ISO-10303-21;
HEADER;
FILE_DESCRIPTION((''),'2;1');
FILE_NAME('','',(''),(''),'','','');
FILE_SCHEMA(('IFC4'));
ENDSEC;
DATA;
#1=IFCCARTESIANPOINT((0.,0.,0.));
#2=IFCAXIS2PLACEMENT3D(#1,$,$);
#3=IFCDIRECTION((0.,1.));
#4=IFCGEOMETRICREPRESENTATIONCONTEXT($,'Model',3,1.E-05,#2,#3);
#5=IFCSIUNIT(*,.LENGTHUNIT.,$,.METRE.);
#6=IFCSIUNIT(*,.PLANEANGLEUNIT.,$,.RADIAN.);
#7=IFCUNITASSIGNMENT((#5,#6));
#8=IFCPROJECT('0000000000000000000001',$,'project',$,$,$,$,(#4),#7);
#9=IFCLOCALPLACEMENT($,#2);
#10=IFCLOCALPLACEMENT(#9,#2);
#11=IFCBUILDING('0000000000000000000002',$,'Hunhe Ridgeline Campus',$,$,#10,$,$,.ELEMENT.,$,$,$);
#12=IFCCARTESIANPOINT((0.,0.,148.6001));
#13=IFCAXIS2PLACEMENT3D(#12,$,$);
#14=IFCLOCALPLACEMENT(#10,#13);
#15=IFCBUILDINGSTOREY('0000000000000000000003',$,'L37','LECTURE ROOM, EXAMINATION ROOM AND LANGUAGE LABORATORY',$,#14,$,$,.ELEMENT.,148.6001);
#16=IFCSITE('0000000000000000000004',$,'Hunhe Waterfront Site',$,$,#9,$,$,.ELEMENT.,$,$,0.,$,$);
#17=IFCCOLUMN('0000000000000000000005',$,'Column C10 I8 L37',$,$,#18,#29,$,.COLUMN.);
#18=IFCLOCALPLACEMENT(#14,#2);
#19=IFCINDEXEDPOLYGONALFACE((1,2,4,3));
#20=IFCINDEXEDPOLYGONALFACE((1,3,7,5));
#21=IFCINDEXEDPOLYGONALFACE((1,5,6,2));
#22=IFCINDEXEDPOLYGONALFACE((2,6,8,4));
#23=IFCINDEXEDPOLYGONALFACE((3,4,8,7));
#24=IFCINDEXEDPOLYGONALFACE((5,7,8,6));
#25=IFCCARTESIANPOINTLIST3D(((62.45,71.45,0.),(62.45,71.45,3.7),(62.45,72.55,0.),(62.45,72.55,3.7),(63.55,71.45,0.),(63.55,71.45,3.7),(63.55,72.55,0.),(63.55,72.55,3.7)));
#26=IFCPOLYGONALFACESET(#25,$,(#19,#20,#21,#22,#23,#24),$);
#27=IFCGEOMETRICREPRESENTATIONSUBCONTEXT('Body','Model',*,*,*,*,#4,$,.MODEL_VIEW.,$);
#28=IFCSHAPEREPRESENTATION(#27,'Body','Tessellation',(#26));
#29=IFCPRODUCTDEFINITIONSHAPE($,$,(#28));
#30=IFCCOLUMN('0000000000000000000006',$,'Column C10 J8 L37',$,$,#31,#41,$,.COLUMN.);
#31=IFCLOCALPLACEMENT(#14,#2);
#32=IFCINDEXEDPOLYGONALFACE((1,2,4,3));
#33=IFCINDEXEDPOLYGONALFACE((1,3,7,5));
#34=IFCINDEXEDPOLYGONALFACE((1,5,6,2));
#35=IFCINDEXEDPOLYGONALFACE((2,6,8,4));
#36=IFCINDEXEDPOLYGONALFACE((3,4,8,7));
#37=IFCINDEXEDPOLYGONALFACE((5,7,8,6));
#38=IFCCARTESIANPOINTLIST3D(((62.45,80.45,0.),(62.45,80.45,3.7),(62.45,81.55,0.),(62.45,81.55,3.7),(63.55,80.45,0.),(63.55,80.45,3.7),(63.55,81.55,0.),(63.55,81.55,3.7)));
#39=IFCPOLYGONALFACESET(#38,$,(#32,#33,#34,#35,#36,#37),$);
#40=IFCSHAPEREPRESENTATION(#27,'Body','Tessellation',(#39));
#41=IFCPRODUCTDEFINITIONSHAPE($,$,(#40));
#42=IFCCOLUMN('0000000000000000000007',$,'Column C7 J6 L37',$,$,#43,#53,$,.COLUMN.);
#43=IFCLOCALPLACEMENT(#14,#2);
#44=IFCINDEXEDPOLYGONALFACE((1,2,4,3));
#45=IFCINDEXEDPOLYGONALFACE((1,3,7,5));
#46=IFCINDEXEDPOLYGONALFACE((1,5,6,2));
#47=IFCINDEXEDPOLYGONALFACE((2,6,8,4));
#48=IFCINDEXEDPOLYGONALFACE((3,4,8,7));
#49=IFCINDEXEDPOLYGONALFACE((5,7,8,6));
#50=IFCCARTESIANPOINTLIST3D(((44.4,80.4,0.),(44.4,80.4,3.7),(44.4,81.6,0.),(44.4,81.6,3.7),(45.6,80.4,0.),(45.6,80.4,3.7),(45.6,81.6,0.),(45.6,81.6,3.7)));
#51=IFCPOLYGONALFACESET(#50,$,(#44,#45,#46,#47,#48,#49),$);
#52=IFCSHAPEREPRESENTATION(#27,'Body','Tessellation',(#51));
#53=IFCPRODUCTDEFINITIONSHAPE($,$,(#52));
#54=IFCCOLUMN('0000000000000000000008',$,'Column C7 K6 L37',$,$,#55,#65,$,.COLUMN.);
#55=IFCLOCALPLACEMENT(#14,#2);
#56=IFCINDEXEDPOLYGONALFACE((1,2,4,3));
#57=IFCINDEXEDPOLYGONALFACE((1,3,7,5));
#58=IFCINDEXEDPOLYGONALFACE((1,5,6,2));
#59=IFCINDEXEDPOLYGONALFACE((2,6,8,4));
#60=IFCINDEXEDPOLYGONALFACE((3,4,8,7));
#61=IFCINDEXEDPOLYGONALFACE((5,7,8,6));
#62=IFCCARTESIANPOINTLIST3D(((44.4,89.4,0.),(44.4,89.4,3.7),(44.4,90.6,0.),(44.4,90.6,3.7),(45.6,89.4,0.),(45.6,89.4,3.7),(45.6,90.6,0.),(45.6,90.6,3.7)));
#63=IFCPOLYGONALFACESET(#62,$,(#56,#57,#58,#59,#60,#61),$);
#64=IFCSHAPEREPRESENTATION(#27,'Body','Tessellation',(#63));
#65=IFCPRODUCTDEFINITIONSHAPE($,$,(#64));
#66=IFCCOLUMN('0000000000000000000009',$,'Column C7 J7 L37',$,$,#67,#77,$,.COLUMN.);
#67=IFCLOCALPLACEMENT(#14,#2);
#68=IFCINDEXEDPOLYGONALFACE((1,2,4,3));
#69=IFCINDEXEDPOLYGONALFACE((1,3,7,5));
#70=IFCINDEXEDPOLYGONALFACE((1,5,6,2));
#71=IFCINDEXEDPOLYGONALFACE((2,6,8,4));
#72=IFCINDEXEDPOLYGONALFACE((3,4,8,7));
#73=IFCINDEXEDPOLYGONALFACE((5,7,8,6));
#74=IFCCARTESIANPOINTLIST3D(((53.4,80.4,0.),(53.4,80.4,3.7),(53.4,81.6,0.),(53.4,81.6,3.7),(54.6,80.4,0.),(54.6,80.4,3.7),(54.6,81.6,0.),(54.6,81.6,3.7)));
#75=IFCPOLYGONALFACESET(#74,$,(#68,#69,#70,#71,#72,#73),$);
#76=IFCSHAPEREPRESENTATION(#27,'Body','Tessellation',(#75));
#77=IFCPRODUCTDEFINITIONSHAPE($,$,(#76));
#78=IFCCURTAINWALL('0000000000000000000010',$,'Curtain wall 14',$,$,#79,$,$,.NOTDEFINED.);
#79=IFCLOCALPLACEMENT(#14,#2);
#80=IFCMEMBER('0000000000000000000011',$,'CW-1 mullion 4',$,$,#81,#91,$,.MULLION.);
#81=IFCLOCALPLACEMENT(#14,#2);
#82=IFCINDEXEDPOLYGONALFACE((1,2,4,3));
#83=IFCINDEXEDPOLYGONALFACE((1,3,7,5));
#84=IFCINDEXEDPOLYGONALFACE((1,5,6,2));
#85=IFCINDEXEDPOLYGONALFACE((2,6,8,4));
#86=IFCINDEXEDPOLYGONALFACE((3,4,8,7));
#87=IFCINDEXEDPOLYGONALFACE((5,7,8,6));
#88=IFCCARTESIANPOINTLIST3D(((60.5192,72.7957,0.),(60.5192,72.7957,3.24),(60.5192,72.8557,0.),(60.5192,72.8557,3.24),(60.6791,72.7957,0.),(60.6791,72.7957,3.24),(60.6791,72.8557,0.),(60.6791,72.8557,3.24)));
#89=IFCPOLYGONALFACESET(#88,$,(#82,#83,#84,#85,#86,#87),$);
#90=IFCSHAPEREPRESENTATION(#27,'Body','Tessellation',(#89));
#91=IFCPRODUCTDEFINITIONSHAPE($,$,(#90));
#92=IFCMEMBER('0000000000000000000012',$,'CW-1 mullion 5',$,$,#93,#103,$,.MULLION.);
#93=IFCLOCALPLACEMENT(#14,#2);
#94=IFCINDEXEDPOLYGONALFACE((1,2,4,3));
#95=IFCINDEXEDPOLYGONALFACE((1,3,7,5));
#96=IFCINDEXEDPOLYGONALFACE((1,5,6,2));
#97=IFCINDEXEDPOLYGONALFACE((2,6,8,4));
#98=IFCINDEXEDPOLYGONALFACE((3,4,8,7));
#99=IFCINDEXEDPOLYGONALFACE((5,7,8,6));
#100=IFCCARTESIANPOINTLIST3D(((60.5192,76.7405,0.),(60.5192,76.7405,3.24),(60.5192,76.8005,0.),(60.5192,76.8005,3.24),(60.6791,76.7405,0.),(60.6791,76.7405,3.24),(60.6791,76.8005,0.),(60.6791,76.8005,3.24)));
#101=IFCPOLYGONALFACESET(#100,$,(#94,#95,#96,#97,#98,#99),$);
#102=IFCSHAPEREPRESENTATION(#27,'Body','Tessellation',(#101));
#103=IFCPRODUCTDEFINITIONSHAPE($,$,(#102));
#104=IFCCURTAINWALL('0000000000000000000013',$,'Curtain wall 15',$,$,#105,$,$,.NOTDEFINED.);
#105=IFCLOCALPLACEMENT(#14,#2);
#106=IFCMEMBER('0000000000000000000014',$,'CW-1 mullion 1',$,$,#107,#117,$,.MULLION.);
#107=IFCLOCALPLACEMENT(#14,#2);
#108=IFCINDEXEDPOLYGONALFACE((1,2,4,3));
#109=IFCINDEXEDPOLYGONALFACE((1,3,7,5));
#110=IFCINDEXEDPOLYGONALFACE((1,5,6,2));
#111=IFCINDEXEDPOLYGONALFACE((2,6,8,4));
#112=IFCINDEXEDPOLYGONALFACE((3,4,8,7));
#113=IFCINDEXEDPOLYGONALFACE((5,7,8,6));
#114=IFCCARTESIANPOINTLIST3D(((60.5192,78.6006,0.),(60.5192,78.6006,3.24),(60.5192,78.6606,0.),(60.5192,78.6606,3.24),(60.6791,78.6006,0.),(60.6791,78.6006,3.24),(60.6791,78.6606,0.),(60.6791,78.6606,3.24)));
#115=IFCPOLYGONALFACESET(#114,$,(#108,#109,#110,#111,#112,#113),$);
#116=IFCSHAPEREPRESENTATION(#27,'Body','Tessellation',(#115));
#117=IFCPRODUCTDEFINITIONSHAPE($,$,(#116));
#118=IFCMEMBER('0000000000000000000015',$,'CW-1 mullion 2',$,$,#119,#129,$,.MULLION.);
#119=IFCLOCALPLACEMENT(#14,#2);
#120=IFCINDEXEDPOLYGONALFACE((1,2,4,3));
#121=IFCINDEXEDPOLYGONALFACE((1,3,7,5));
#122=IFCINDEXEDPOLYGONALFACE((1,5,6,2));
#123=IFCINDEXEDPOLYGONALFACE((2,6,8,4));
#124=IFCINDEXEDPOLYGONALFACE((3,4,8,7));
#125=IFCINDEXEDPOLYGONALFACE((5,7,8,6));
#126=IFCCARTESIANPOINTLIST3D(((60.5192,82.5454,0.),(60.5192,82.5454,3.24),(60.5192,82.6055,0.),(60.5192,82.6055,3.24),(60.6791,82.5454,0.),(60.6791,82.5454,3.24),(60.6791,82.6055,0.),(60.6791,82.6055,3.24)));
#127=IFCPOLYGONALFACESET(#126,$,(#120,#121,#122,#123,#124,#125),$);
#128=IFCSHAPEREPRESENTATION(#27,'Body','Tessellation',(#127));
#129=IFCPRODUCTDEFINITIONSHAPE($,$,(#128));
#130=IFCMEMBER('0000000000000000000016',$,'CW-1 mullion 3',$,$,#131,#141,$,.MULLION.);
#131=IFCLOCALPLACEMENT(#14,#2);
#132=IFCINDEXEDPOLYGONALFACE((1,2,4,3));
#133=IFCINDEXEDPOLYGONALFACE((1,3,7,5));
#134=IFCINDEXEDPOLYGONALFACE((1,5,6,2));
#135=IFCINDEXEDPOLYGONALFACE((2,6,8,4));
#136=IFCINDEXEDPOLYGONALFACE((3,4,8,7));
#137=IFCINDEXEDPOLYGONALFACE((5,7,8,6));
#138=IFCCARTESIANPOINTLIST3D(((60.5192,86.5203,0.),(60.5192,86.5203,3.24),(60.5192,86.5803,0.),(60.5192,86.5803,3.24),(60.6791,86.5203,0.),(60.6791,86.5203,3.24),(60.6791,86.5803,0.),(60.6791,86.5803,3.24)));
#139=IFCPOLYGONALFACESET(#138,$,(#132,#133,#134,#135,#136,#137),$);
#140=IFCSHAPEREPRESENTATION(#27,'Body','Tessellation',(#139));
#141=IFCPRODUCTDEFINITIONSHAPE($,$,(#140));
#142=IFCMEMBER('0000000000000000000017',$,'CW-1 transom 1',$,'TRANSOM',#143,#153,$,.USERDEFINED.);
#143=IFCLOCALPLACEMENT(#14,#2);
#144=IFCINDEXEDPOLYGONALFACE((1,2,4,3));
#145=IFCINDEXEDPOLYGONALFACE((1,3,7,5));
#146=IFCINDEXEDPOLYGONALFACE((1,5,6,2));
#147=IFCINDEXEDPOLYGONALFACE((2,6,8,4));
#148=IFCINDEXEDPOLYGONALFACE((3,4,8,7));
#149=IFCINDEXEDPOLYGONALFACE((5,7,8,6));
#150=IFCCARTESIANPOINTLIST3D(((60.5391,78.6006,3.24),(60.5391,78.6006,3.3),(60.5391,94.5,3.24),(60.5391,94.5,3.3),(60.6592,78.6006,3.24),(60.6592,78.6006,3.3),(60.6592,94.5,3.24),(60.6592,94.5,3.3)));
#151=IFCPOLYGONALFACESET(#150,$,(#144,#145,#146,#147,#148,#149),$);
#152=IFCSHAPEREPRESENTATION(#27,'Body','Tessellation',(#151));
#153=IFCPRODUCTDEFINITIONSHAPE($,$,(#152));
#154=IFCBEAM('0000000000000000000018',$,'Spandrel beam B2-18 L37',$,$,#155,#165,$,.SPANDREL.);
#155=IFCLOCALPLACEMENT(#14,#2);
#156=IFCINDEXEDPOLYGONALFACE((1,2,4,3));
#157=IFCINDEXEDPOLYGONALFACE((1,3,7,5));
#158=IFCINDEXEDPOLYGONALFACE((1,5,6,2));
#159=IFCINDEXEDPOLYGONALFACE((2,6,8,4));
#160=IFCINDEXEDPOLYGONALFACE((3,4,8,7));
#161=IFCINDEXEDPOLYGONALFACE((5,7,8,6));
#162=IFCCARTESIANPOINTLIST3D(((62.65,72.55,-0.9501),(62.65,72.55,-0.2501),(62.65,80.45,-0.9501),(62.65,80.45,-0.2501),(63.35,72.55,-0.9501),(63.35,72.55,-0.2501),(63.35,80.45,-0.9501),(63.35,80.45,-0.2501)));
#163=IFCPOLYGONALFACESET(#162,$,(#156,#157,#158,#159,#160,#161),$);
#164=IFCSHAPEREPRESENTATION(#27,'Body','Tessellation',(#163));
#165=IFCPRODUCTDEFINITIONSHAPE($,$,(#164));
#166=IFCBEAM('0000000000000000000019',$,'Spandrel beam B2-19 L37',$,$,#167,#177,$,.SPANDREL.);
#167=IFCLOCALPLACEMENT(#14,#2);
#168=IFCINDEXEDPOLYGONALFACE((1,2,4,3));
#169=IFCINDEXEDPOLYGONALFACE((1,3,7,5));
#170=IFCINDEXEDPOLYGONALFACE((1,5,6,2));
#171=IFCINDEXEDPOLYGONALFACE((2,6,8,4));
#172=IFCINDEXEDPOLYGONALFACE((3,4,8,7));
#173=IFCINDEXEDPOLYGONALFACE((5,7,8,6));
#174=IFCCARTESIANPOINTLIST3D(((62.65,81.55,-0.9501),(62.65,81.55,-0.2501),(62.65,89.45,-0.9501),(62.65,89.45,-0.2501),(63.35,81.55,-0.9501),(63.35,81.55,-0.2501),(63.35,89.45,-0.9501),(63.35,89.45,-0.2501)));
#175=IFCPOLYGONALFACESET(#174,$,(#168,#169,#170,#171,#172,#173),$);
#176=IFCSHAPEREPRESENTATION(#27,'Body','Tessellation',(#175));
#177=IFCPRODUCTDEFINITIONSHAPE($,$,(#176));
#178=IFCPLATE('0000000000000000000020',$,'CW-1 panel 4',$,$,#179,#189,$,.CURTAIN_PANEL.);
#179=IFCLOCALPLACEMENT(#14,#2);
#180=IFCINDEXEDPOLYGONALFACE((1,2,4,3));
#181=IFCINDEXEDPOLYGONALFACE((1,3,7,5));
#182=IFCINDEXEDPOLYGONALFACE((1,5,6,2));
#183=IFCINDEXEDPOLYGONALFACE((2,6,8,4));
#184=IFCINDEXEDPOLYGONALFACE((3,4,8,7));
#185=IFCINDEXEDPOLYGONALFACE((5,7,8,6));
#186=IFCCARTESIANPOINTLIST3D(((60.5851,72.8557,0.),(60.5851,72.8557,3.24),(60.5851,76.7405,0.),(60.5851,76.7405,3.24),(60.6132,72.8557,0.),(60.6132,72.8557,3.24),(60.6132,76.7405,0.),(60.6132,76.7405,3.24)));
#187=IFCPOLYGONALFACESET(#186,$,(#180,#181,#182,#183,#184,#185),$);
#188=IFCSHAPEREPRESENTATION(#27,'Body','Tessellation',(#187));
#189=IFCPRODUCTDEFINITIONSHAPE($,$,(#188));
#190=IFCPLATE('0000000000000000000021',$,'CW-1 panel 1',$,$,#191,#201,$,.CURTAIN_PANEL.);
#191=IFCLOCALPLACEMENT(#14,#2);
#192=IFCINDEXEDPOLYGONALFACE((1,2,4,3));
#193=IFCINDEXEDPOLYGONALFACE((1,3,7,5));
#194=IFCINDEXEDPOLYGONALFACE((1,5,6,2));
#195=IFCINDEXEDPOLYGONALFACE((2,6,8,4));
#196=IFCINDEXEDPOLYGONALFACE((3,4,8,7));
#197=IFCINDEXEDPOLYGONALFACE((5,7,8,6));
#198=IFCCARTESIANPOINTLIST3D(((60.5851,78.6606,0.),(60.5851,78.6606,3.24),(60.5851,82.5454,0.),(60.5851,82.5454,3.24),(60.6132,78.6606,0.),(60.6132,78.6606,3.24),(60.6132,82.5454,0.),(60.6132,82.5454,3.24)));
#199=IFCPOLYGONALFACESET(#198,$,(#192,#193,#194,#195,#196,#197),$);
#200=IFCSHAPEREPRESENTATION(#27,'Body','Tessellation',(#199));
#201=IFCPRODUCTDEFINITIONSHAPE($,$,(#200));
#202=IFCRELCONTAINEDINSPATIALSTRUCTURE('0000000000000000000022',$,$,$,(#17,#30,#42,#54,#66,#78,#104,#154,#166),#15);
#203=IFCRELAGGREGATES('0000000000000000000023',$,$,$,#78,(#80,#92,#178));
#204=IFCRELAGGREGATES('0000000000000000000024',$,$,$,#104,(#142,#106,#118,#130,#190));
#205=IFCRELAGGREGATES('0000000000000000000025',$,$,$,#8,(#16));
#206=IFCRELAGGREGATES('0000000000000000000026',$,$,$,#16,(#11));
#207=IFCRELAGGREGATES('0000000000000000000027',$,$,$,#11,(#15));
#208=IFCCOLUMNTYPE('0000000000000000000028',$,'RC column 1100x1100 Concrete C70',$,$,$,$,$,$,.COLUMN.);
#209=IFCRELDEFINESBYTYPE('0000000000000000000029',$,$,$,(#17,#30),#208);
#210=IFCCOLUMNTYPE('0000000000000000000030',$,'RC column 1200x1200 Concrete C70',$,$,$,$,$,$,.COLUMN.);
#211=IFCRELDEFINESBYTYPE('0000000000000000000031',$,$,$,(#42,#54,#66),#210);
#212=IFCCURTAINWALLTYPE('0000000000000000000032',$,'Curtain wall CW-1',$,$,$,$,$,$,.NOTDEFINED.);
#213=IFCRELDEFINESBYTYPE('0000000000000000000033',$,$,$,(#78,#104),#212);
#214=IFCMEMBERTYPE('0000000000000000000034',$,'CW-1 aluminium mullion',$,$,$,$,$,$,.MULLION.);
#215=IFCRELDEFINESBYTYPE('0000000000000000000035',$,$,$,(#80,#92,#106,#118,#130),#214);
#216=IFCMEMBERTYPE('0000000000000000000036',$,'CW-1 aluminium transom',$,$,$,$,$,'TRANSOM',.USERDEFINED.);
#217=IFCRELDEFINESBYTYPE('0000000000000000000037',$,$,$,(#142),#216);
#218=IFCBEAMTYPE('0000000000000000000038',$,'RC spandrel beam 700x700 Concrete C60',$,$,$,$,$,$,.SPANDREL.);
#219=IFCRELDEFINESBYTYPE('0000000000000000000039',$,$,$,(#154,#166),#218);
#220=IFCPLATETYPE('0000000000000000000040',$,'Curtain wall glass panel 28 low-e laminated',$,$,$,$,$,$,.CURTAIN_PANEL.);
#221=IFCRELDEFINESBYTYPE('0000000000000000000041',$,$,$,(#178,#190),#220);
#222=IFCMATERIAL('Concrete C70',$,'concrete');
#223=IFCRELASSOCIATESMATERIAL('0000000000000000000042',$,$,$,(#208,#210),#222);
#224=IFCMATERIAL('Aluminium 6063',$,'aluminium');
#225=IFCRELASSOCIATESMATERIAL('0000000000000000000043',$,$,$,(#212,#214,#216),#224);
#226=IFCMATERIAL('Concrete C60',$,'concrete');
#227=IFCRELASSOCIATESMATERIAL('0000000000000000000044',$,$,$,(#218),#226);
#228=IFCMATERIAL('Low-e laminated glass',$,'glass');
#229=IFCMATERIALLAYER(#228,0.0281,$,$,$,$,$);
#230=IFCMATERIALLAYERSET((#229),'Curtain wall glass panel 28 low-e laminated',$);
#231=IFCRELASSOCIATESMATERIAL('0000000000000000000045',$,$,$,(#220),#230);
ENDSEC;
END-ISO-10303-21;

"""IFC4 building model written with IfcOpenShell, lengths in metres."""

from ifc_helpers import new_model, si_unit, direction, frame, origin, origin_2d, place, context, subcontext, project, spatial, rectangle, extrude, material, layer, layer_set, material_profile, profile_set, type_object, element, aggregate, save


model = new_model("IFC4")

# Units and contexts
model_context = context("Model", 3, precision=1e-05, world=origin(), true_north=direction((0.0, 1.0)))
body_context = subcontext(model_context, "Body", "Model", "MODEL_VIEW")
ifc_project = project(units=[si_unit("LENGTHUNIT", "METRE"), si_unit("PLANEANGLEUNIT", "RADIAN")], contexts=[model_context])

# Site, building, storey
site_placement = place(None, origin())
site = spatial("IfcSite", under=ifc_project, at=site_placement, Name="Hunhe Waterfront Site", CompositionType="ELEMENT", RefElevation=0.0)
building_placement = place(site_placement, origin())
building = spatial("IfcBuilding", under=site, at=building_placement, Name="Hunhe Ridgeline Campus", CompositionType="ELEMENT")
storey_placement = place(building_placement, frame((0.0, 0.0, 148.6001)))
storey = spatial("IfcBuildingStorey", under=building, at=storey_placement, Name="L37", Description="LECTURE ROOM, EXAMINATION ROOM AND LANGUAGE LABORATORY", CompositionType="ELEMENT", Elevation=148.6001)

# Columns
ifc_material_1 = material(Name="Concrete C70", Category="concrete")
ifc_material_profile_1 = material_profile(ifc_material_1, rectangle(XDim=1.1001, YDim=1.1001, at=origin_2d()))
ifc_profile_set_1 = profile_set([ifc_material_profile_1], Name="Concrete C70")
column_type_1 = type_object("IfcColumnType", Name="RC column 1100x1100 Concrete C70", PredefinedType="COLUMN", material=ifc_profile_set_1)
for number, where, z_axis, x_axis, name in (
    (1, (63.0, 72.0, 0.0), (0.0, 0.0, 1.0), (1.0, 0.0, 0.0), "Column C10 I8 L37"),
    (2, (63.0, 81.0, 0.0), (0.0, 0.0, 1.0), (1.0, 0.0, 0.0), "Column C10 J8 L37"),
):
    element("IfcColumn", number, at=place(storey_placement, frame(where, z_axis=z_axis, x_axis=x_axis)), inside=storey, type_object=column_type_1, Name=name, PredefinedType="COLUMN", context=body_context, shape_type="SweptSolid", body=[
        extrude(rectangle(XDim=1.1001, YDim=1.1001, at=origin_2d()), origin(), (0.0, 0.0, 1.0), 3.7),
    ])
ifc_material_profile_2 = material_profile(ifc_material_1, rectangle(XDim=1.2, YDim=1.2, at=origin_2d()))
ifc_profile_set_2 = profile_set([ifc_material_profile_2], Name="Concrete C70")
column_type_2 = type_object("IfcColumnType", Name="RC column 1200x1200 Concrete C70", PredefinedType="COLUMN", material=ifc_profile_set_2)
for number, where, z_axis, x_axis, name in (
    (3, (45.0, 81.0, 0.0), (0.0, 0.0, 1.0), (1.0, 0.0, 0.0), "Column C7 J6 L37"),
    (4, (45.0, 90.0, 0.0), (0.0, 0.0, 1.0), (1.0, 0.0, 0.0), "Column C7 K6 L37"),
    (5, (54.0, 81.0, 0.0), (0.0, 0.0, 1.0), (1.0, 0.0, 0.0), "Column C7 J7 L37"),
):
    element("IfcColumn", number, at=place(storey_placement, frame(where, z_axis=z_axis, x_axis=x_axis)), inside=storey, type_object=column_type_2, Name=name, PredefinedType="COLUMN", context=body_context, shape_type="SweptSolid", body=[
        extrude(rectangle(XDim=1.2, YDim=1.2, at=origin_2d()), origin(), (0.0, 0.0, 1.0), 3.7),
    ])

# Curtain walls, members
ifc_material_2 = material(Name="Aluminium 6063", Category="aluminium")
curtain_wall_type = type_object("IfcCurtainWallType", Name="Curtain wall CW-1", PredefinedType="NOTDEFINED", material=ifc_material_2)
curtain_wall_1_placement = place(storey_placement, origin())
curtain_wall_1 = element("IfcCurtainWall", 6, at=curtain_wall_1_placement, inside=storey, type_object=curtain_wall_type, Name="Curtain wall 14", PredefinedType="NOTDEFINED")
ifc_material_profile_3 = material_profile(ifc_material_2, rectangle(XDim=0.1599, YDim=0.0601, at=origin_2d()))
ifc_profile_set_3 = profile_set([ifc_material_profile_3], Name="Aluminium 6063")
member_type_1 = type_object("IfcMemberType", Name="CW-1 aluminium mullion", PredefinedType="MULLION", material=ifc_profile_set_3)
member_1_placement = place(storey_placement, frame((60.5991, 72.8257, 0.0), z_axis=(0.0, 0.0, 1.0), x_axis=(-1.0, 0.0, 0.0)))
member_1 = element("IfcMember", 7, at=member_1_placement, type_object=member_type_1, Name="CW-1 mullion 4", PredefinedType="MULLION", context=body_context, shape_type="SweptSolid", body=[
    extrude(rectangle(XDim=0.1599, YDim=0.0601, at=origin_2d()), origin(), (0.0, 0.0, 1.0), 3.24),
])
member_2_placement = place(storey_placement, frame((60.5991, 76.7705, 0.0), z_axis=(0.0, 0.0, 1.0), x_axis=(-1.0, 0.0, 0.0)))
member_2 = element("IfcMember", 8, at=member_2_placement, type_object=member_type_1, Name="CW-1 mullion 5", PredefinedType="MULLION", context=body_context, shape_type="SweptSolid", body=[
    extrude(rectangle(XDim=0.1599, YDim=0.0601, at=origin_2d()), origin(), (0.0, 0.0, 1.0), 3.24),
])
curtain_wall_2_placement = place(storey_placement, origin())
curtain_wall_2 = element("IfcCurtainWall", 9, at=curtain_wall_2_placement, inside=storey, type_object=curtain_wall_type, Name="Curtain wall 15", PredefinedType="NOTDEFINED")
member_3_placement = place(storey_placement, frame((60.5991, 78.6306, 0.0), z_axis=(0.0, 0.0, 1.0), x_axis=(-1.0, 0.0, 0.0)))
member_3 = element("IfcMember", 10, at=member_3_placement, type_object=member_type_1, Name="CW-1 mullion 1", PredefinedType="MULLION", context=body_context, shape_type="SweptSolid", body=[
    extrude(rectangle(XDim=0.1599, YDim=0.0601, at=origin_2d()), origin(), (0.0, 0.0, 1.0), 3.24),
])
member_4_placement = place(storey_placement, frame((60.5991, 82.5754, 0.0), z_axis=(0.0, 0.0, 1.0), x_axis=(-1.0, 0.0, 0.0)))
member_4 = element("IfcMember", 11, at=member_4_placement, type_object=member_type_1, Name="CW-1 mullion 2", PredefinedType="MULLION", context=body_context, shape_type="SweptSolid", body=[
    extrude(rectangle(XDim=0.1599, YDim=0.0601, at=origin_2d()), origin(), (0.0, 0.0, 1.0), 3.24),
])
member_5_placement = place(storey_placement, frame((60.5991, 86.5503, 0.0), z_axis=(0.0, 0.0, 1.0), x_axis=(-1.0, 0.0, 0.0)))
member_5 = element("IfcMember", 12, at=member_5_placement, type_object=member_type_1, Name="CW-1 mullion 3", PredefinedType="MULLION", context=body_context, shape_type="SweptSolid", body=[
    extrude(rectangle(XDim=0.1599, YDim=0.0601, at=origin_2d()), origin(), (0.0, 0.0, 1.0), 3.24),
])
ifc_material_profile_4 = material_profile(ifc_material_2, rectangle(XDim=0.1201, YDim=0.0601, at=origin_2d()))
ifc_profile_set_4 = profile_set([ifc_material_profile_4], Name="Aluminium 6063")
member_type_2 = type_object("IfcMemberType", Name="CW-1 aluminium transom", ElementType="TRANSOM", PredefinedType="USERDEFINED", material=ifc_profile_set_4)
member_6_placement = place(storey_placement, frame((60.5991, 78.6006, 3.27), z_axis=(0.0, 1.0, 0.0), x_axis=(-1.0, 0.0, 0.0)))
member_6 = element("IfcMember", 13, at=member_6_placement, type_object=member_type_2, Name="CW-1 transom 1", ObjectType="TRANSOM", PredefinedType="USERDEFINED", context=body_context, shape_type="SweptSolid", body=[
    extrude(rectangle(XDim=0.1201, YDim=0.0601, at=origin_2d()), origin(), (0.0, 0.0, 1.0), 15.8994),
])

# Beams
ifc_material_3 = material(Name="Concrete C60", Category="concrete")
ifc_material_profile_5 = material_profile(ifc_material_3, rectangle(XDim=0.7, YDim=0.7, at=origin_2d()))
ifc_profile_set_5 = profile_set([ifc_material_profile_5], Name="Concrete C60")
beam_type = type_object("IfcBeamType", Name="RC spandrel beam 700x700 Concrete C60", PredefinedType="SPANDREL", material=ifc_profile_set_5)
for number, where, z_axis, x_axis, name in (
    (14, (63.0, 72.55, -0.6001), (0.0, 1.0, 0.0), (-1.0, 0.0, 0.0), "Spandrel beam B2-18 L37"),
    (15, (63.0, 81.55, -0.6001), (0.0, 1.0, 0.0), (-1.0, 0.0, 0.0), "Spandrel beam B2-19 L37"),
):
    element("IfcBeam", number, at=place(storey_placement, frame(where, z_axis=z_axis, x_axis=x_axis)), inside=storey, type_object=beam_type, Name=name, PredefinedType="SPANDREL", context=body_context, shape_type="SweptSolid", body=[
        extrude(rectangle(XDim=0.7, YDim=0.7, at=origin_2d()), origin(), (0.0, 0.0, 1.0), 7.8999),
    ])

# Plates
ifc_material_4 = material(Name="Low-e laminated glass", Category="glass")
ifc_layer_1 = layer(ifc_material_4, 0.0281)
ifc_layer_set_1 = layer_set([ifc_layer_1], Name="Curtain wall glass panel 28 low-e laminated")
plate_type = type_object("IfcPlateType", Name="Curtain wall glass panel 28 low-e laminated", PredefinedType="CURTAIN_PANEL", material=ifc_layer_set_1)
plate_1_placement = place(storey_placement, frame((60.5991, 74.7981, 0.0), z_axis=(0.0, 0.0, 1.0), x_axis=(0.0, 1.0, 0.0)))
plate_1 = element("IfcPlate", 16, at=plate_1_placement, type_object=plate_type, Name="CW-1 panel 4", PredefinedType="CURTAIN_PANEL", context=body_context, shape_type="SweptSolid", body=[
    extrude(rectangle(XDim=3.8848, YDim=0.0281, at=origin_2d()), origin(), (0.0, 0.0, 1.0), 3.24),
])
aggregate(curtain_wall_1, [member_1, member_2, plate_1])
plate_2_placement = place(storey_placement, frame((60.5991, 80.603, 0.0), z_axis=(0.0, 0.0, 1.0), x_axis=(0.0, 1.0, 0.0)))
plate_2 = element("IfcPlate", 17, at=plate_2_placement, type_object=plate_type, Name="CW-1 panel 1", PredefinedType="CURTAIN_PANEL", context=body_context, shape_type="SweptSolid", body=[
    extrude(rectangle(XDim=3.8848, YDim=0.0281, at=origin_2d()), origin(), (0.0, 0.0, 1.0), 3.24),
])
aggregate(curtain_wall_2, [member_6, member_3, member_4, member_5, plate_2])

save(model, "model.ifc")
